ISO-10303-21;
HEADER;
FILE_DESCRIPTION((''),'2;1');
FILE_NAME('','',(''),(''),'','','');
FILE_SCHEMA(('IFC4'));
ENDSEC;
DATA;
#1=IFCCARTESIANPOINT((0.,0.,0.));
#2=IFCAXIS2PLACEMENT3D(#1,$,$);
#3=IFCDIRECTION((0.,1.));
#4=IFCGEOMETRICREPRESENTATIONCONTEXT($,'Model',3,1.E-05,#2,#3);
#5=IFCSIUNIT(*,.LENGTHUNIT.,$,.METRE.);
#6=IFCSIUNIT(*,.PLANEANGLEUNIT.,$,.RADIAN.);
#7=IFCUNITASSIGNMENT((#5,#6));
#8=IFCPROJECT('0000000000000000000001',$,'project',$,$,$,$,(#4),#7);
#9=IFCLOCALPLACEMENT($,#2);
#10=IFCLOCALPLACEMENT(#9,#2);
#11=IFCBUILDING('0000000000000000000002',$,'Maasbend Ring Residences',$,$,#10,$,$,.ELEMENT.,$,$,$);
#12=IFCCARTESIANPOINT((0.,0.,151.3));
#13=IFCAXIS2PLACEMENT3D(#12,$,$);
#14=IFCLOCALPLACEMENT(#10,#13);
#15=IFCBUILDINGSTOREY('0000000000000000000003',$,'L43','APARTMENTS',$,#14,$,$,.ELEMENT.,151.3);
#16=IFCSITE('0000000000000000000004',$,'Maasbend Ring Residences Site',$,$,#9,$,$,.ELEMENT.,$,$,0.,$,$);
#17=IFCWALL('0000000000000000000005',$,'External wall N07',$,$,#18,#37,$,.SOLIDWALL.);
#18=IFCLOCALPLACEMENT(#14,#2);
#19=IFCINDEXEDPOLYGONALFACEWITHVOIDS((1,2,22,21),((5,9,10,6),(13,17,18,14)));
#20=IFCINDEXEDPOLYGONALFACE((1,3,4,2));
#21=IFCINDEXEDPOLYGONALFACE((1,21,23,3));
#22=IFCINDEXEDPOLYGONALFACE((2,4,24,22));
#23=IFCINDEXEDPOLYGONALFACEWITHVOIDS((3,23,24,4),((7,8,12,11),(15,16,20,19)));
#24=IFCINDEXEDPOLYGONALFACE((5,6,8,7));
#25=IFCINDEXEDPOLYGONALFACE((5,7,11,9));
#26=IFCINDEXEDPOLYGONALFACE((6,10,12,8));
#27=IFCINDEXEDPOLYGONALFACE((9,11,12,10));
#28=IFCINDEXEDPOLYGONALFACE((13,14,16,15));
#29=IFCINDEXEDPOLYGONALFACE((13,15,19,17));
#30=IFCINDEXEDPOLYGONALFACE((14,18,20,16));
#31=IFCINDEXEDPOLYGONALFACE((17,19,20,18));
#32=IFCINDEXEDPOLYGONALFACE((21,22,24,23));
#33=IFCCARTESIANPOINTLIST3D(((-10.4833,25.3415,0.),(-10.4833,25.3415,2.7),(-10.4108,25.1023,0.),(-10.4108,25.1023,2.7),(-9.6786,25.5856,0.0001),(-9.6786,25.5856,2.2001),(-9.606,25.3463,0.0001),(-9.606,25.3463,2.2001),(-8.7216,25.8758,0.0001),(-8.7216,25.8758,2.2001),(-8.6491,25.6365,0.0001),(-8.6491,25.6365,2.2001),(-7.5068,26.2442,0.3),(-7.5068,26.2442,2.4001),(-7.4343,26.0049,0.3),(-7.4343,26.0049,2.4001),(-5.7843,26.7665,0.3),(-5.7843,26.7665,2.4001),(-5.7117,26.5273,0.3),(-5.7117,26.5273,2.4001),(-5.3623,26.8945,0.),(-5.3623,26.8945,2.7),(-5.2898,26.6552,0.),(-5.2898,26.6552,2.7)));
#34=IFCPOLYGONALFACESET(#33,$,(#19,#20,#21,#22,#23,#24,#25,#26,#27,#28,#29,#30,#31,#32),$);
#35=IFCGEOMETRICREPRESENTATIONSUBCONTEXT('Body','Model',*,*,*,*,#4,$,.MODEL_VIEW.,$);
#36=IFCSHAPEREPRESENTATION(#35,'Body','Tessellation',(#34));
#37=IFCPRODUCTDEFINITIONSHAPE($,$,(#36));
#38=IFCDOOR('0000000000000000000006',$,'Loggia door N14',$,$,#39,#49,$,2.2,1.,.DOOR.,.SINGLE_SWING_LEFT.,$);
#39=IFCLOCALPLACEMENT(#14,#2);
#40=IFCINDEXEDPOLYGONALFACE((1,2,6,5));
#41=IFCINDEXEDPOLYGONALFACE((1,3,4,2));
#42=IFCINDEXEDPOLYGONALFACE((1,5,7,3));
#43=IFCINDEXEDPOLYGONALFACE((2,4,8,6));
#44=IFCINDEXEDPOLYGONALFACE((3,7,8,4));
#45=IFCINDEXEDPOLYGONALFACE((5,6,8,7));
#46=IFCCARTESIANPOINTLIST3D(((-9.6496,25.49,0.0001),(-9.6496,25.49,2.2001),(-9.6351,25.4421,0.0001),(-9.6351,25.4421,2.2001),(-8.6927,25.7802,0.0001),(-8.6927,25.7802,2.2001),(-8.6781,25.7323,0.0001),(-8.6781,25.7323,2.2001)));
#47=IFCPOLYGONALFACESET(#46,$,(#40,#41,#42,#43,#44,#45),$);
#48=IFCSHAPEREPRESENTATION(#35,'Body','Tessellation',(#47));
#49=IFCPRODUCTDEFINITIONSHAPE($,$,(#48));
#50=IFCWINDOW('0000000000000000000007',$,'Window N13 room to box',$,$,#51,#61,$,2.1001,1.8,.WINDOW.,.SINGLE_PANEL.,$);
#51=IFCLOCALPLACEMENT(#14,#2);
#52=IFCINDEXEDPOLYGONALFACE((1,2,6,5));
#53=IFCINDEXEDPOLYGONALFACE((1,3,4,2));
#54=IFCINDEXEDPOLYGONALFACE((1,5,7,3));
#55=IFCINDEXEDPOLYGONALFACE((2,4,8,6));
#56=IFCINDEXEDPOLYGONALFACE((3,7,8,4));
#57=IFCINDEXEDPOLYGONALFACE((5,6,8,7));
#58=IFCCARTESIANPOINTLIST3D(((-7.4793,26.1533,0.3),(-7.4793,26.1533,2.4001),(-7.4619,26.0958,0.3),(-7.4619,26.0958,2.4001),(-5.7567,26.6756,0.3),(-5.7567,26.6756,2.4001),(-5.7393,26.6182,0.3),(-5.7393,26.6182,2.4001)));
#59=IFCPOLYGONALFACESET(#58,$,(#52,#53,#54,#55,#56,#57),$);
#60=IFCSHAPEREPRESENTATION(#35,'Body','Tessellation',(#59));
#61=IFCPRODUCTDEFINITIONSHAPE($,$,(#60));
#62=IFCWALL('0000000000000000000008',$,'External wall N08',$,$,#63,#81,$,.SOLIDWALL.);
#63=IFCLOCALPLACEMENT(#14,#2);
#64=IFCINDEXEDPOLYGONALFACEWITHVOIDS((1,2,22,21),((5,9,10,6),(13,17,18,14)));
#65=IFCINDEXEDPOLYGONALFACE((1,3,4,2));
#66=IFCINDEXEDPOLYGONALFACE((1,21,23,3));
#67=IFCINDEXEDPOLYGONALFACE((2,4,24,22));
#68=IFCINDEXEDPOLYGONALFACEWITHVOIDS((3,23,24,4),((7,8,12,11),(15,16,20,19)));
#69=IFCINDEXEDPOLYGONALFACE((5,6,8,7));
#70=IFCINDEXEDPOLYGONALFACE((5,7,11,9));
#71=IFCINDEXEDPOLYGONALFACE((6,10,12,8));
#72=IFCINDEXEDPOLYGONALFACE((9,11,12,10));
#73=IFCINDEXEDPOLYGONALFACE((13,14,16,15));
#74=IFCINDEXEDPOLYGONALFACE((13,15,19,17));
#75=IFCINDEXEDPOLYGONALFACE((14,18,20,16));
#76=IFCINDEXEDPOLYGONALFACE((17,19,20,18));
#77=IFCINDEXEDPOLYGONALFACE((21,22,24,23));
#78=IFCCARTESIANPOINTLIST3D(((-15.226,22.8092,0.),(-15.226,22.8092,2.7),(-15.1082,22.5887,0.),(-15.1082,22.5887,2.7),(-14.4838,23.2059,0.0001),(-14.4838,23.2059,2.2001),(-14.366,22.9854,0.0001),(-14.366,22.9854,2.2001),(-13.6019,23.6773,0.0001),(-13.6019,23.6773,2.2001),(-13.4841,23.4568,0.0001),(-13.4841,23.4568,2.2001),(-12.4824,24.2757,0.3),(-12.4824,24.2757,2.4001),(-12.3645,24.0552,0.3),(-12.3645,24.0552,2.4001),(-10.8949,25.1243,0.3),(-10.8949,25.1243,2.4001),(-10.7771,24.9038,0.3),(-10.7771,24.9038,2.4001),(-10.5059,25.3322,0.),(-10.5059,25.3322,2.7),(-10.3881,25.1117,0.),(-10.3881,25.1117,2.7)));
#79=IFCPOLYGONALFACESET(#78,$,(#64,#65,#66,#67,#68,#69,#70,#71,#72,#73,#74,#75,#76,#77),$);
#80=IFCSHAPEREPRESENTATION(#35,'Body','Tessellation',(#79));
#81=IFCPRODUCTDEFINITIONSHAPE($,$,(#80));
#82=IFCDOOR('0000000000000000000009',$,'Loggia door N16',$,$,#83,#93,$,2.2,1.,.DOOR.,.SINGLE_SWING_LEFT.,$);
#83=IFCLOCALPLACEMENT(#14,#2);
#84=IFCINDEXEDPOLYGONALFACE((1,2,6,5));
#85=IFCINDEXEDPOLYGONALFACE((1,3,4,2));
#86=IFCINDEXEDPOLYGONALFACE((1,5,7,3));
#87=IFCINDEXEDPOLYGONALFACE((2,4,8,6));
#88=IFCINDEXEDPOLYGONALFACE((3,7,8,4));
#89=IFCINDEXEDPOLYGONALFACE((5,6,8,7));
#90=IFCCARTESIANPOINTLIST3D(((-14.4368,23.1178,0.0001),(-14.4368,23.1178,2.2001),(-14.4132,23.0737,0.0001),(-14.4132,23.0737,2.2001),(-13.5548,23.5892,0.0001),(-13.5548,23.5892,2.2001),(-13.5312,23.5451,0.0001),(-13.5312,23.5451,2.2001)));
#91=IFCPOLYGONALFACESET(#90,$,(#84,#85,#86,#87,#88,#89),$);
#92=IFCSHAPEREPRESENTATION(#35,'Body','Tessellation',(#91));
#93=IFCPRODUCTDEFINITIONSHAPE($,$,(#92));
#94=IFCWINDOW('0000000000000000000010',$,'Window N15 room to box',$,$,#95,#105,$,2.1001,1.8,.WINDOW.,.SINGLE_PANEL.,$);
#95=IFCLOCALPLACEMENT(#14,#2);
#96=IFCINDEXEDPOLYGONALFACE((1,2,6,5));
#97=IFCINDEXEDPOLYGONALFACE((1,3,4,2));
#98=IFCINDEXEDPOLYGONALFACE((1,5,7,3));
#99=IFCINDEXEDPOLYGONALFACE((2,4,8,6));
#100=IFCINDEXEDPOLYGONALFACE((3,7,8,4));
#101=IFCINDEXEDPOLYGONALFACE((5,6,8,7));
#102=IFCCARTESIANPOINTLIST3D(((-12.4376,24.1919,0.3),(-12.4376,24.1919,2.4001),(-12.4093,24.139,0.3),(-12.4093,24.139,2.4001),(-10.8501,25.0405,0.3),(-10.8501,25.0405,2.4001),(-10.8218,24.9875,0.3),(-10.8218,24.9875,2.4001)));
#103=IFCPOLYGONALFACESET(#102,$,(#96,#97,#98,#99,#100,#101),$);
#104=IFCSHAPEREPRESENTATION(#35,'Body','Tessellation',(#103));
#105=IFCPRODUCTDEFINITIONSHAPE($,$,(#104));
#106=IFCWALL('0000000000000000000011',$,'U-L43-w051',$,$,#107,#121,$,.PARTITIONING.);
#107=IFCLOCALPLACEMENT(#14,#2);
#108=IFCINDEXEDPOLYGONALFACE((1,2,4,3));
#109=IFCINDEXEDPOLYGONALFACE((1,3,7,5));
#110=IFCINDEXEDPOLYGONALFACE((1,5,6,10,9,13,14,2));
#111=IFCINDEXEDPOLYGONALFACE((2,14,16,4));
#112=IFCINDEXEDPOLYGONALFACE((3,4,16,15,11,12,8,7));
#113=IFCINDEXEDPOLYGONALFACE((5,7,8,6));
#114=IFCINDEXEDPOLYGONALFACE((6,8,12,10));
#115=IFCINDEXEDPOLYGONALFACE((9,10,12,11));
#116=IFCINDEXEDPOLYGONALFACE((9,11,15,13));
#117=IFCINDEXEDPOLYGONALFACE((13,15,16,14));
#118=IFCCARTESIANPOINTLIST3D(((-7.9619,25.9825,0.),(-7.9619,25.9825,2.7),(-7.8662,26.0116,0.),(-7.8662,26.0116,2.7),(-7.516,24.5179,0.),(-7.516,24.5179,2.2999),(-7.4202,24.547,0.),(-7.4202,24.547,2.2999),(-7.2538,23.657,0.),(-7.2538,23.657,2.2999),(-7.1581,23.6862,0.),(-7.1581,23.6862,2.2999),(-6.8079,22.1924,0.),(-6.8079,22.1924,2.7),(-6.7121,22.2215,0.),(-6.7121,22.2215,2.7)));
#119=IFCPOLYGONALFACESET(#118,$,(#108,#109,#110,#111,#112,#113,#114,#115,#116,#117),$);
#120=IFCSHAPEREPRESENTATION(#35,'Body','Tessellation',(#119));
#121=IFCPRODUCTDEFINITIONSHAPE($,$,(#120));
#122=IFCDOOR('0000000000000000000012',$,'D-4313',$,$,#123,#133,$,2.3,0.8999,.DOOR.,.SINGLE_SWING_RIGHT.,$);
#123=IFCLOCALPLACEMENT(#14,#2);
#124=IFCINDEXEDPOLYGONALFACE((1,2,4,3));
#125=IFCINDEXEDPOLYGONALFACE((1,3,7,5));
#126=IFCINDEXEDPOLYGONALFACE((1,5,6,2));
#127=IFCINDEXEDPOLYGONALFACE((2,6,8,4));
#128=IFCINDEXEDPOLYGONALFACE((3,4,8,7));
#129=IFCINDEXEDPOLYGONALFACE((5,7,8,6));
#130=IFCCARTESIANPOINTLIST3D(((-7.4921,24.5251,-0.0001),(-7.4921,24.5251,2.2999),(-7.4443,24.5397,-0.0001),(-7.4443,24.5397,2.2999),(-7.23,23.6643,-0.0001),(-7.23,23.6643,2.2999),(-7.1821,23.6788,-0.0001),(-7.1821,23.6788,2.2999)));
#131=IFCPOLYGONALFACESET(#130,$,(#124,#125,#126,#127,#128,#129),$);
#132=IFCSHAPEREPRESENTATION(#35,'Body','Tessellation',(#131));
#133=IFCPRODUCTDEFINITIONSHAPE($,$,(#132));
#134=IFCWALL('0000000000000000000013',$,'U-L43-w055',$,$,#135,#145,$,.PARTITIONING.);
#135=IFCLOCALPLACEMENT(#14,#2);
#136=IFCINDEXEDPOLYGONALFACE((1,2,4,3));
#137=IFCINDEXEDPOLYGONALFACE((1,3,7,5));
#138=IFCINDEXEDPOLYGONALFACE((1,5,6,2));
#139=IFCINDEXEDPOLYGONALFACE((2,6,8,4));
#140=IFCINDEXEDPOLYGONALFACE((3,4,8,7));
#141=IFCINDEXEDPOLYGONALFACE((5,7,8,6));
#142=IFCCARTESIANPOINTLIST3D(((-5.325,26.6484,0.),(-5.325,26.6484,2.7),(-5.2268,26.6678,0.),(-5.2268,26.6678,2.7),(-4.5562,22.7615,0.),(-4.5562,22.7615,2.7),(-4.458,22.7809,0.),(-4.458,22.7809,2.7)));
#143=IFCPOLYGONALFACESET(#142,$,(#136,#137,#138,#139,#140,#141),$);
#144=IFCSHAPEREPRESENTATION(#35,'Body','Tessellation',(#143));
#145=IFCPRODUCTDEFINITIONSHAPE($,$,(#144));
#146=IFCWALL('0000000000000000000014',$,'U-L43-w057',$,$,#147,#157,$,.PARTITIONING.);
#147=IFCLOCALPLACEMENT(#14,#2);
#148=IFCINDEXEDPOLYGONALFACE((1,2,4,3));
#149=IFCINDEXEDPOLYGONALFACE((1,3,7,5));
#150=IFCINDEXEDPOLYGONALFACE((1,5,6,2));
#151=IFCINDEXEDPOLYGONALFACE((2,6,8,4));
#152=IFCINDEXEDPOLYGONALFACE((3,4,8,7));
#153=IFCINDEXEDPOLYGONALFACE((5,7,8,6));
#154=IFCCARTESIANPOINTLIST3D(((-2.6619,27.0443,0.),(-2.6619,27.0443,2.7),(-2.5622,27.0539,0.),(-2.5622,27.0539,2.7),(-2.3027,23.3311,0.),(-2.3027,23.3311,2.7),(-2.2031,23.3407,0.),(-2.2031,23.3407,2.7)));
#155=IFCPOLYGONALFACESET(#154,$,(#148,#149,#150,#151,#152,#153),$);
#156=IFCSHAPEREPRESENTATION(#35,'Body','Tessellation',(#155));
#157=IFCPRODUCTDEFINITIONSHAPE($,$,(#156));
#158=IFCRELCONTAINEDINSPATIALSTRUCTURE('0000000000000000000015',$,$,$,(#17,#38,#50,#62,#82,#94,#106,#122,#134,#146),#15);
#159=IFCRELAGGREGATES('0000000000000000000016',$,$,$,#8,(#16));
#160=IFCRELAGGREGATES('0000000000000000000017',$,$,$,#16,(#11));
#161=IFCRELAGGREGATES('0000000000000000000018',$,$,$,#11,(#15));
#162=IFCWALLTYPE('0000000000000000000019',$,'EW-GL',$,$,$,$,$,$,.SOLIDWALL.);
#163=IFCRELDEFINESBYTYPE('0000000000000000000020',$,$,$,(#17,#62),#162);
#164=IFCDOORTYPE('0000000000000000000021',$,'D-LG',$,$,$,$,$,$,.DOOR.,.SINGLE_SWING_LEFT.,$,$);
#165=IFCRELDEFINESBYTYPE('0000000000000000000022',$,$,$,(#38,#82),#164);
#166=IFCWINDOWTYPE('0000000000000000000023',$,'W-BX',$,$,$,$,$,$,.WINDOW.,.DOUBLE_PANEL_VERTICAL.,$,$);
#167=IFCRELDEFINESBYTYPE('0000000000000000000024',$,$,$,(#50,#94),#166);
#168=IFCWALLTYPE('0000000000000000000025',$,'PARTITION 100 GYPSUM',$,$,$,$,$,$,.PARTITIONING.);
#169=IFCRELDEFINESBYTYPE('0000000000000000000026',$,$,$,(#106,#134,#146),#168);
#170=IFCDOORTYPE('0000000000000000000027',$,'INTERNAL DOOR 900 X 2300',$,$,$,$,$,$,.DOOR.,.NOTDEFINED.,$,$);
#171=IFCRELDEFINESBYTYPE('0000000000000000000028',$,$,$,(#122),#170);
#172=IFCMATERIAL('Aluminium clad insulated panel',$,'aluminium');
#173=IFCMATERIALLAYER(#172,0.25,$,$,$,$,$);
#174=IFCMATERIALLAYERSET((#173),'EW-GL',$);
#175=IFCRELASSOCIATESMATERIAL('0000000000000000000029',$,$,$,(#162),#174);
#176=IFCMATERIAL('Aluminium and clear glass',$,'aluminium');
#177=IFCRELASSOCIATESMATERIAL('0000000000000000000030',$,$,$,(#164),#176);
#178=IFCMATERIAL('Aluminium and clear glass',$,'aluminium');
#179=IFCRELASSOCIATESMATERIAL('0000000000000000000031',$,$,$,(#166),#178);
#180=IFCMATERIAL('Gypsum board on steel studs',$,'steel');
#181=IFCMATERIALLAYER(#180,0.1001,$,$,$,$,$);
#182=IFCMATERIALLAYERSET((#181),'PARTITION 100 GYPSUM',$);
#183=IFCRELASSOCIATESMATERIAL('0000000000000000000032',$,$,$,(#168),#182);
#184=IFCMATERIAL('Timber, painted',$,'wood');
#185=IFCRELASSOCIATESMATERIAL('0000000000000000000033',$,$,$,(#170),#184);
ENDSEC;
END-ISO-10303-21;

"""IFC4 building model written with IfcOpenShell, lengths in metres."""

from ifc_helpers import new_model, si_unit, direction, frame, frame_2d, origin, place, context, subcontext, project, spatial, rectangle, extrude, material, layer, layer_set, type_object, element, fill, save


model = new_model("IFC4")

# Units and contexts
model_context = context("Model", 3, precision=1e-05, world=origin(), true_north=direction((0.0, 1.0)))
body_context = subcontext(model_context, "Body", "Model", "MODEL_VIEW")
ifc_project = project(units=[si_unit("LENGTHUNIT", "METRE"), si_unit("PLANEANGLEUNIT", "RADIAN")], contexts=[model_context])

# Site, building, storey
site_placement = place(None, origin())
site = spatial("IfcSite", under=ifc_project, at=site_placement, Name="Maasbend Ring Residences Site", CompositionType="ELEMENT", RefElevation=0.0)
building_placement = place(site_placement, origin())
building = spatial("IfcBuilding", under=site, at=building_placement, Name="Maasbend Ring Residences", CompositionType="ELEMENT")
storey_placement = place(building_placement, frame((0.0, 0.0, 151.3)))
storey = spatial("IfcBuildingStorey", under=building, at=storey_placement, Name="L43", Description="APARTMENTS", CompositionType="ELEMENT", Elevation=151.3)

# Walls, openings, doors, windows
ifc_material_1 = material(Name="Aluminium clad insulated panel", Category="aluminium")
ifc_layer_1 = layer(ifc_material_1, 0.25)
ifc_layer_set_1 = layer_set([ifc_layer_1], Name="EW-GL")
wall_type_1 = type_object("IfcWallType", Name="EW-GL", PredefinedType="SOLIDWALL", material=ifc_layer_set_1)
wall_1_placement = place(storey_placement, frame((-5.3259, 26.7749, 0.0), z_axis=(0.0, 0.0, 1.0), x_axis=(-0.956966, -0.290201, 0.0)))
wall_1 = element("IfcWall", 1, at=wall_1_placement, inside=storey, type_object=wall_type_1, Name="External wall N07", PredefinedType="SOLIDWALL", context=body_context, shape_type="SweptSolid", body=[
    extrude(rectangle(XDim=5.3513, YDim=0.25, at=frame_2d((2.6758, 0.0))), origin(), (0.0, 0.0, 1.0), 2.7),
])
opening_1_placement = place(wall_1_placement, frame((0.4412, 0.0, 0.3)))
opening_1 = element("IfcOpeningElement", 2, at=opening_1_placement, cuts=wall_1, PredefinedType="OPENING", context=body_context, shape_type="SweptSolid", body=[
    extrude(rectangle(XDim=1.8, YDim=2.1001, at=frame_2d((0.8999, 1.05))), frame((0.0, 0.135, 0.0), z_axis=(0.0, -1.0, 0.0), x_axis=(1.0, 0.0, 0.0)), (0.0, 0.0, 1.0), 0.27),
])
opening_2_placement = place(wall_1_placement, frame((3.5105, 0.0, 0.0)))
opening_2 = element("IfcOpeningElement", 3, at=opening_2_placement, cuts=wall_1, PredefinedType="OPENING", context=body_context, shape_type="SweptSolid", body=[
    extrude(rectangle(XDim=1.0, YDim=2.2, at=frame_2d((0.5, 1.1001))), frame((0.0, 0.135, 0.0), z_axis=(0.0, -1.0, 0.0), x_axis=(1.0, 0.0, 0.0)), (0.0, 0.0, 1.0), 0.27),
])
ifc_material_2 = material(Name="Aluminium and clear glass", Category="aluminium")
door_type_1 = type_object("IfcDoorType", Name="D-LG", OperationType="SINGLE_SWING_LEFT", PredefinedType="DOOR", material=ifc_material_2)
door_1_placement = place(opening_2_placement, origin())
door_1 = element("IfcDoor", 4, at=door_1_placement, inside=storey, type_object=door_type_1, Name="Loggia door N14", OperationType="SINGLE_SWING_LEFT", OverallHeight=2.2, OverallWidth=1.0, PredefinedType="DOOR", context=body_context, shape_type="SweptSolid", body=[
    extrude(rectangle(XDim=1.0, YDim=2.2, at=frame_2d((0.5, 1.1001))), frame((0.0, 0.0249, 0.0), z_axis=(0.0, -1.0, 0.0), x_axis=(1.0, 0.0, 0.0)), (0.0, 0.0, 1.0), 0.05),
])
fill(opening_2, door_1)
ifc_material_3 = material(Name="Aluminium and clear glass", Category="aluminium")
window_type_1 = type_object("IfcWindowType", Name="W-BX", PartitioningType="DOUBLE_PANEL_VERTICAL", PredefinedType="WINDOW", material=ifc_material_3)
window_1_placement = place(opening_1_placement, origin())
window_1 = element("IfcWindow", 5, at=window_1_placement, inside=storey, type_object=window_type_1, Name="Window N13 room to box", OverallHeight=2.1001, OverallWidth=1.8, PartitioningType="SINGLE_PANEL", PredefinedType="WINDOW", context=body_context, shape_type="SweptSolid", body=[
    extrude(rectangle(XDim=1.8, YDim=2.1001, at=frame_2d((0.8999, 1.05))), frame((0.0, 0.03, 0.0), z_axis=(0.0, -1.0, 0.0), x_axis=(1.0, 0.0, 0.0)), (0.0, 0.0, 1.0), 0.0601),
])
fill(opening_1, window_1)
wall_2_placement = place(storey_placement, frame((-10.447, 25.2219, 0.0), z_axis=(0.0, 0.0, 1.0), x_axis=(-0.881916, -0.471407, 0.0)))
wall_2 = element("IfcWall", 6, at=wall_2_placement, inside=storey, type_object=wall_type_1, Name="External wall N08", PredefinedType="SOLIDWALL", context=body_context, shape_type="SweptSolid", body=[
    extrude(rectangle(XDim=5.3521, YDim=0.25, at=frame_2d((2.676, 0.0))), origin(), (0.0, 0.0, 1.0), 2.7),
])
opening_3_placement = place(wall_2_placement, frame((0.4412, 0.0, 0.3)))
opening_3 = element("IfcOpeningElement", 7, at=opening_3_placement, cuts=wall_2, PredefinedType="OPENING", context=body_context, shape_type="SweptSolid", body=[
    extrude(rectangle(XDim=1.8, YDim=2.1001, at=frame_2d((0.8999, 1.05))), frame((0.0, 0.135, 0.0), z_axis=(0.0, -1.0, 0.0), x_axis=(1.0, 0.0, 0.0)), (0.0, 0.0, 1.0), 0.27),
])
opening_4_placement = place(wall_2_placement, frame((3.5105, 0.0, 0.0)))
opening_4 = element("IfcOpeningElement", 8, at=opening_4_placement, cuts=wall_2, PredefinedType="OPENING", context=body_context, shape_type="SweptSolid", body=[
    extrude(rectangle(XDim=1.0, YDim=2.2, at=frame_2d((0.5, 1.1001))), frame((0.0, 0.135, 0.0), z_axis=(0.0, -1.0, 0.0), x_axis=(1.0, 0.0, 0.0)), (0.0, 0.0, 1.0), 0.27),
])
door_2_placement = place(opening_4_placement, origin())
door_2 = element("IfcDoor", 9, at=door_2_placement, inside=storey, type_object=door_type_1, Name="Loggia door N16", OperationType="SINGLE_SWING_LEFT", OverallHeight=2.2, OverallWidth=1.0, PredefinedType="DOOR", context=body_context, shape_type="SweptSolid", body=[
    extrude(rectangle(XDim=1.0, YDim=2.2, at=frame_2d((0.5, 1.1001))), frame((0.0, 0.0249, 0.0), z_axis=(0.0, -1.0, 0.0), x_axis=(1.0, 0.0, 0.0)), (0.0, 0.0, 1.0), 0.05),
])
fill(opening_4, door_2)
window_2_placement = place(opening_3_placement, origin())
window_2 = element("IfcWindow", 10, at=window_2_placement, inside=storey, type_object=window_type_1, Name="Window N15 room to box", OverallHeight=2.1001, OverallWidth=1.8, PartitioningType="SINGLE_PANEL", PredefinedType="WINDOW", context=body_context, shape_type="SweptSolid", body=[
    extrude(rectangle(XDim=1.8, YDim=2.1001, at=frame_2d((0.8999, 1.05))), frame((0.0, 0.03, 0.0), z_axis=(0.0, -1.0, 0.0), x_axis=(1.0, 0.0, 0.0)), (0.0, 0.0, 1.0), 0.0601),
])
fill(opening_3, window_2)

# Wall, opening, door
ifc_material_4 = material(Name="Gypsum board on steel studs", Category="steel")
ifc_layer_2 = layer(ifc_material_4, 0.1001)
ifc_layer_set_2 = layer_set([ifc_layer_2], Name="PARTITION 100 GYPSUM")
wall_type_2 = type_object("IfcWallType", Name="PARTITION 100 GYPSUM", PredefinedType="PARTITIONING", material=ifc_layer_set_2)
wall_3_placement = place(storey_placement, frame((-7.9141, 25.9971, 0.0), z_axis=(0.0, 0.0, 1.0), x_axis=(0.291292, -0.956634, 0.0)))
wall_3 = element("IfcWall", 11, at=wall_3_placement, inside=storey, type_object=wall_type_2, Name="U-L43-w051", PredefinedType="PARTITIONING", context=body_context, shape_type="SweptSolid", body=[
    extrude(rectangle(XDim=3.9619, YDim=0.1001, at=frame_2d((1.981, 0.0))), origin(), (0.0, 0.0, 1.0), 2.7),
])
opening_5_placement = place(wall_3_placement, frame((1.531, 0.0, 0.0)))
opening_5 = element("IfcOpeningElement", 12, at=opening_5_placement, cuts=wall_3, PredefinedType="OPENING", context=body_context, shape_type="SweptSolid", body=[
    extrude(rectangle(XDim=0.8999, YDim=2.3, at=frame_2d((0.45, 1.1499))), frame((0.0, 0.0601, 0.0), z_axis=(0.0, -1.0, 0.0), x_axis=(1.0, 0.0, 0.0)), (0.0, 0.0, 1.0), 0.1201),
])
ifc_material_5 = material(Name="Timber, painted", Category="wood")
door_type_2 = type_object("IfcDoorType", Name="INTERNAL DOOR 900 X 2300", OperationType="NOTDEFINED", PredefinedType="DOOR", material=ifc_material_5)
door_3_placement = place(opening_5_placement, origin())
door_3 = element("IfcDoor", 13, at=door_3_placement, inside=storey, type_object=door_type_2, Name="D-4313", OperationType="SINGLE_SWING_RIGHT", OverallHeight=2.3, OverallWidth=0.8999, PredefinedType="DOOR", context=body_context, shape_type="SweptSolid", body=[
    extrude(rectangle(XDim=0.8999, YDim=2.3, at=frame_2d((0.45, 1.1499))), frame((0.0, 0.0249, 0.0), z_axis=(0.0, -1.0, 0.0), x_axis=(1.0, 0.0, 0.0)), (0.0, 0.0, 1.0), 0.05),
])
fill(opening_5, door_3)

# Walls
wall_4_placement = place(storey_placement, frame((-5.2759, 26.658, 0.0), z_axis=(0.0, 0.0, 1.0), x_axis=(0.19403, -0.980996, 0.0)))
element("IfcWall", 14, at=wall_4_placement, inside=storey, type_object=wall_type_2, Name="U-L43-w055", PredefinedType="PARTITIONING", context=body_context, shape_type="SweptSolid", body=[
    extrude(rectangle(XDim=3.9622, YDim=0.1001, at=frame_2d((1.981, 0.0))), origin(), (0.0, 0.0, 1.0), 2.7),
])
wall_5_placement = place(storey_placement, frame((-2.6121, 27.0491, 0.0), z_axis=(0.0, 0.0, 1.0), x_axis=(0.09627, -0.995355, 0.0)))
element("IfcWall", 15, at=wall_5_placement, inside=storey, type_object=wall_type_2, Name="U-L43-w057", PredefinedType="PARTITIONING", context=body_context, shape_type="SweptSolid", body=[
    extrude(rectangle(XDim=3.7305, YDim=0.1001, at=frame_2d((1.8652, 0.0))), origin(), (0.0, 0.0, 1.0), 2.7),
])

save(model, "model.ifc")
